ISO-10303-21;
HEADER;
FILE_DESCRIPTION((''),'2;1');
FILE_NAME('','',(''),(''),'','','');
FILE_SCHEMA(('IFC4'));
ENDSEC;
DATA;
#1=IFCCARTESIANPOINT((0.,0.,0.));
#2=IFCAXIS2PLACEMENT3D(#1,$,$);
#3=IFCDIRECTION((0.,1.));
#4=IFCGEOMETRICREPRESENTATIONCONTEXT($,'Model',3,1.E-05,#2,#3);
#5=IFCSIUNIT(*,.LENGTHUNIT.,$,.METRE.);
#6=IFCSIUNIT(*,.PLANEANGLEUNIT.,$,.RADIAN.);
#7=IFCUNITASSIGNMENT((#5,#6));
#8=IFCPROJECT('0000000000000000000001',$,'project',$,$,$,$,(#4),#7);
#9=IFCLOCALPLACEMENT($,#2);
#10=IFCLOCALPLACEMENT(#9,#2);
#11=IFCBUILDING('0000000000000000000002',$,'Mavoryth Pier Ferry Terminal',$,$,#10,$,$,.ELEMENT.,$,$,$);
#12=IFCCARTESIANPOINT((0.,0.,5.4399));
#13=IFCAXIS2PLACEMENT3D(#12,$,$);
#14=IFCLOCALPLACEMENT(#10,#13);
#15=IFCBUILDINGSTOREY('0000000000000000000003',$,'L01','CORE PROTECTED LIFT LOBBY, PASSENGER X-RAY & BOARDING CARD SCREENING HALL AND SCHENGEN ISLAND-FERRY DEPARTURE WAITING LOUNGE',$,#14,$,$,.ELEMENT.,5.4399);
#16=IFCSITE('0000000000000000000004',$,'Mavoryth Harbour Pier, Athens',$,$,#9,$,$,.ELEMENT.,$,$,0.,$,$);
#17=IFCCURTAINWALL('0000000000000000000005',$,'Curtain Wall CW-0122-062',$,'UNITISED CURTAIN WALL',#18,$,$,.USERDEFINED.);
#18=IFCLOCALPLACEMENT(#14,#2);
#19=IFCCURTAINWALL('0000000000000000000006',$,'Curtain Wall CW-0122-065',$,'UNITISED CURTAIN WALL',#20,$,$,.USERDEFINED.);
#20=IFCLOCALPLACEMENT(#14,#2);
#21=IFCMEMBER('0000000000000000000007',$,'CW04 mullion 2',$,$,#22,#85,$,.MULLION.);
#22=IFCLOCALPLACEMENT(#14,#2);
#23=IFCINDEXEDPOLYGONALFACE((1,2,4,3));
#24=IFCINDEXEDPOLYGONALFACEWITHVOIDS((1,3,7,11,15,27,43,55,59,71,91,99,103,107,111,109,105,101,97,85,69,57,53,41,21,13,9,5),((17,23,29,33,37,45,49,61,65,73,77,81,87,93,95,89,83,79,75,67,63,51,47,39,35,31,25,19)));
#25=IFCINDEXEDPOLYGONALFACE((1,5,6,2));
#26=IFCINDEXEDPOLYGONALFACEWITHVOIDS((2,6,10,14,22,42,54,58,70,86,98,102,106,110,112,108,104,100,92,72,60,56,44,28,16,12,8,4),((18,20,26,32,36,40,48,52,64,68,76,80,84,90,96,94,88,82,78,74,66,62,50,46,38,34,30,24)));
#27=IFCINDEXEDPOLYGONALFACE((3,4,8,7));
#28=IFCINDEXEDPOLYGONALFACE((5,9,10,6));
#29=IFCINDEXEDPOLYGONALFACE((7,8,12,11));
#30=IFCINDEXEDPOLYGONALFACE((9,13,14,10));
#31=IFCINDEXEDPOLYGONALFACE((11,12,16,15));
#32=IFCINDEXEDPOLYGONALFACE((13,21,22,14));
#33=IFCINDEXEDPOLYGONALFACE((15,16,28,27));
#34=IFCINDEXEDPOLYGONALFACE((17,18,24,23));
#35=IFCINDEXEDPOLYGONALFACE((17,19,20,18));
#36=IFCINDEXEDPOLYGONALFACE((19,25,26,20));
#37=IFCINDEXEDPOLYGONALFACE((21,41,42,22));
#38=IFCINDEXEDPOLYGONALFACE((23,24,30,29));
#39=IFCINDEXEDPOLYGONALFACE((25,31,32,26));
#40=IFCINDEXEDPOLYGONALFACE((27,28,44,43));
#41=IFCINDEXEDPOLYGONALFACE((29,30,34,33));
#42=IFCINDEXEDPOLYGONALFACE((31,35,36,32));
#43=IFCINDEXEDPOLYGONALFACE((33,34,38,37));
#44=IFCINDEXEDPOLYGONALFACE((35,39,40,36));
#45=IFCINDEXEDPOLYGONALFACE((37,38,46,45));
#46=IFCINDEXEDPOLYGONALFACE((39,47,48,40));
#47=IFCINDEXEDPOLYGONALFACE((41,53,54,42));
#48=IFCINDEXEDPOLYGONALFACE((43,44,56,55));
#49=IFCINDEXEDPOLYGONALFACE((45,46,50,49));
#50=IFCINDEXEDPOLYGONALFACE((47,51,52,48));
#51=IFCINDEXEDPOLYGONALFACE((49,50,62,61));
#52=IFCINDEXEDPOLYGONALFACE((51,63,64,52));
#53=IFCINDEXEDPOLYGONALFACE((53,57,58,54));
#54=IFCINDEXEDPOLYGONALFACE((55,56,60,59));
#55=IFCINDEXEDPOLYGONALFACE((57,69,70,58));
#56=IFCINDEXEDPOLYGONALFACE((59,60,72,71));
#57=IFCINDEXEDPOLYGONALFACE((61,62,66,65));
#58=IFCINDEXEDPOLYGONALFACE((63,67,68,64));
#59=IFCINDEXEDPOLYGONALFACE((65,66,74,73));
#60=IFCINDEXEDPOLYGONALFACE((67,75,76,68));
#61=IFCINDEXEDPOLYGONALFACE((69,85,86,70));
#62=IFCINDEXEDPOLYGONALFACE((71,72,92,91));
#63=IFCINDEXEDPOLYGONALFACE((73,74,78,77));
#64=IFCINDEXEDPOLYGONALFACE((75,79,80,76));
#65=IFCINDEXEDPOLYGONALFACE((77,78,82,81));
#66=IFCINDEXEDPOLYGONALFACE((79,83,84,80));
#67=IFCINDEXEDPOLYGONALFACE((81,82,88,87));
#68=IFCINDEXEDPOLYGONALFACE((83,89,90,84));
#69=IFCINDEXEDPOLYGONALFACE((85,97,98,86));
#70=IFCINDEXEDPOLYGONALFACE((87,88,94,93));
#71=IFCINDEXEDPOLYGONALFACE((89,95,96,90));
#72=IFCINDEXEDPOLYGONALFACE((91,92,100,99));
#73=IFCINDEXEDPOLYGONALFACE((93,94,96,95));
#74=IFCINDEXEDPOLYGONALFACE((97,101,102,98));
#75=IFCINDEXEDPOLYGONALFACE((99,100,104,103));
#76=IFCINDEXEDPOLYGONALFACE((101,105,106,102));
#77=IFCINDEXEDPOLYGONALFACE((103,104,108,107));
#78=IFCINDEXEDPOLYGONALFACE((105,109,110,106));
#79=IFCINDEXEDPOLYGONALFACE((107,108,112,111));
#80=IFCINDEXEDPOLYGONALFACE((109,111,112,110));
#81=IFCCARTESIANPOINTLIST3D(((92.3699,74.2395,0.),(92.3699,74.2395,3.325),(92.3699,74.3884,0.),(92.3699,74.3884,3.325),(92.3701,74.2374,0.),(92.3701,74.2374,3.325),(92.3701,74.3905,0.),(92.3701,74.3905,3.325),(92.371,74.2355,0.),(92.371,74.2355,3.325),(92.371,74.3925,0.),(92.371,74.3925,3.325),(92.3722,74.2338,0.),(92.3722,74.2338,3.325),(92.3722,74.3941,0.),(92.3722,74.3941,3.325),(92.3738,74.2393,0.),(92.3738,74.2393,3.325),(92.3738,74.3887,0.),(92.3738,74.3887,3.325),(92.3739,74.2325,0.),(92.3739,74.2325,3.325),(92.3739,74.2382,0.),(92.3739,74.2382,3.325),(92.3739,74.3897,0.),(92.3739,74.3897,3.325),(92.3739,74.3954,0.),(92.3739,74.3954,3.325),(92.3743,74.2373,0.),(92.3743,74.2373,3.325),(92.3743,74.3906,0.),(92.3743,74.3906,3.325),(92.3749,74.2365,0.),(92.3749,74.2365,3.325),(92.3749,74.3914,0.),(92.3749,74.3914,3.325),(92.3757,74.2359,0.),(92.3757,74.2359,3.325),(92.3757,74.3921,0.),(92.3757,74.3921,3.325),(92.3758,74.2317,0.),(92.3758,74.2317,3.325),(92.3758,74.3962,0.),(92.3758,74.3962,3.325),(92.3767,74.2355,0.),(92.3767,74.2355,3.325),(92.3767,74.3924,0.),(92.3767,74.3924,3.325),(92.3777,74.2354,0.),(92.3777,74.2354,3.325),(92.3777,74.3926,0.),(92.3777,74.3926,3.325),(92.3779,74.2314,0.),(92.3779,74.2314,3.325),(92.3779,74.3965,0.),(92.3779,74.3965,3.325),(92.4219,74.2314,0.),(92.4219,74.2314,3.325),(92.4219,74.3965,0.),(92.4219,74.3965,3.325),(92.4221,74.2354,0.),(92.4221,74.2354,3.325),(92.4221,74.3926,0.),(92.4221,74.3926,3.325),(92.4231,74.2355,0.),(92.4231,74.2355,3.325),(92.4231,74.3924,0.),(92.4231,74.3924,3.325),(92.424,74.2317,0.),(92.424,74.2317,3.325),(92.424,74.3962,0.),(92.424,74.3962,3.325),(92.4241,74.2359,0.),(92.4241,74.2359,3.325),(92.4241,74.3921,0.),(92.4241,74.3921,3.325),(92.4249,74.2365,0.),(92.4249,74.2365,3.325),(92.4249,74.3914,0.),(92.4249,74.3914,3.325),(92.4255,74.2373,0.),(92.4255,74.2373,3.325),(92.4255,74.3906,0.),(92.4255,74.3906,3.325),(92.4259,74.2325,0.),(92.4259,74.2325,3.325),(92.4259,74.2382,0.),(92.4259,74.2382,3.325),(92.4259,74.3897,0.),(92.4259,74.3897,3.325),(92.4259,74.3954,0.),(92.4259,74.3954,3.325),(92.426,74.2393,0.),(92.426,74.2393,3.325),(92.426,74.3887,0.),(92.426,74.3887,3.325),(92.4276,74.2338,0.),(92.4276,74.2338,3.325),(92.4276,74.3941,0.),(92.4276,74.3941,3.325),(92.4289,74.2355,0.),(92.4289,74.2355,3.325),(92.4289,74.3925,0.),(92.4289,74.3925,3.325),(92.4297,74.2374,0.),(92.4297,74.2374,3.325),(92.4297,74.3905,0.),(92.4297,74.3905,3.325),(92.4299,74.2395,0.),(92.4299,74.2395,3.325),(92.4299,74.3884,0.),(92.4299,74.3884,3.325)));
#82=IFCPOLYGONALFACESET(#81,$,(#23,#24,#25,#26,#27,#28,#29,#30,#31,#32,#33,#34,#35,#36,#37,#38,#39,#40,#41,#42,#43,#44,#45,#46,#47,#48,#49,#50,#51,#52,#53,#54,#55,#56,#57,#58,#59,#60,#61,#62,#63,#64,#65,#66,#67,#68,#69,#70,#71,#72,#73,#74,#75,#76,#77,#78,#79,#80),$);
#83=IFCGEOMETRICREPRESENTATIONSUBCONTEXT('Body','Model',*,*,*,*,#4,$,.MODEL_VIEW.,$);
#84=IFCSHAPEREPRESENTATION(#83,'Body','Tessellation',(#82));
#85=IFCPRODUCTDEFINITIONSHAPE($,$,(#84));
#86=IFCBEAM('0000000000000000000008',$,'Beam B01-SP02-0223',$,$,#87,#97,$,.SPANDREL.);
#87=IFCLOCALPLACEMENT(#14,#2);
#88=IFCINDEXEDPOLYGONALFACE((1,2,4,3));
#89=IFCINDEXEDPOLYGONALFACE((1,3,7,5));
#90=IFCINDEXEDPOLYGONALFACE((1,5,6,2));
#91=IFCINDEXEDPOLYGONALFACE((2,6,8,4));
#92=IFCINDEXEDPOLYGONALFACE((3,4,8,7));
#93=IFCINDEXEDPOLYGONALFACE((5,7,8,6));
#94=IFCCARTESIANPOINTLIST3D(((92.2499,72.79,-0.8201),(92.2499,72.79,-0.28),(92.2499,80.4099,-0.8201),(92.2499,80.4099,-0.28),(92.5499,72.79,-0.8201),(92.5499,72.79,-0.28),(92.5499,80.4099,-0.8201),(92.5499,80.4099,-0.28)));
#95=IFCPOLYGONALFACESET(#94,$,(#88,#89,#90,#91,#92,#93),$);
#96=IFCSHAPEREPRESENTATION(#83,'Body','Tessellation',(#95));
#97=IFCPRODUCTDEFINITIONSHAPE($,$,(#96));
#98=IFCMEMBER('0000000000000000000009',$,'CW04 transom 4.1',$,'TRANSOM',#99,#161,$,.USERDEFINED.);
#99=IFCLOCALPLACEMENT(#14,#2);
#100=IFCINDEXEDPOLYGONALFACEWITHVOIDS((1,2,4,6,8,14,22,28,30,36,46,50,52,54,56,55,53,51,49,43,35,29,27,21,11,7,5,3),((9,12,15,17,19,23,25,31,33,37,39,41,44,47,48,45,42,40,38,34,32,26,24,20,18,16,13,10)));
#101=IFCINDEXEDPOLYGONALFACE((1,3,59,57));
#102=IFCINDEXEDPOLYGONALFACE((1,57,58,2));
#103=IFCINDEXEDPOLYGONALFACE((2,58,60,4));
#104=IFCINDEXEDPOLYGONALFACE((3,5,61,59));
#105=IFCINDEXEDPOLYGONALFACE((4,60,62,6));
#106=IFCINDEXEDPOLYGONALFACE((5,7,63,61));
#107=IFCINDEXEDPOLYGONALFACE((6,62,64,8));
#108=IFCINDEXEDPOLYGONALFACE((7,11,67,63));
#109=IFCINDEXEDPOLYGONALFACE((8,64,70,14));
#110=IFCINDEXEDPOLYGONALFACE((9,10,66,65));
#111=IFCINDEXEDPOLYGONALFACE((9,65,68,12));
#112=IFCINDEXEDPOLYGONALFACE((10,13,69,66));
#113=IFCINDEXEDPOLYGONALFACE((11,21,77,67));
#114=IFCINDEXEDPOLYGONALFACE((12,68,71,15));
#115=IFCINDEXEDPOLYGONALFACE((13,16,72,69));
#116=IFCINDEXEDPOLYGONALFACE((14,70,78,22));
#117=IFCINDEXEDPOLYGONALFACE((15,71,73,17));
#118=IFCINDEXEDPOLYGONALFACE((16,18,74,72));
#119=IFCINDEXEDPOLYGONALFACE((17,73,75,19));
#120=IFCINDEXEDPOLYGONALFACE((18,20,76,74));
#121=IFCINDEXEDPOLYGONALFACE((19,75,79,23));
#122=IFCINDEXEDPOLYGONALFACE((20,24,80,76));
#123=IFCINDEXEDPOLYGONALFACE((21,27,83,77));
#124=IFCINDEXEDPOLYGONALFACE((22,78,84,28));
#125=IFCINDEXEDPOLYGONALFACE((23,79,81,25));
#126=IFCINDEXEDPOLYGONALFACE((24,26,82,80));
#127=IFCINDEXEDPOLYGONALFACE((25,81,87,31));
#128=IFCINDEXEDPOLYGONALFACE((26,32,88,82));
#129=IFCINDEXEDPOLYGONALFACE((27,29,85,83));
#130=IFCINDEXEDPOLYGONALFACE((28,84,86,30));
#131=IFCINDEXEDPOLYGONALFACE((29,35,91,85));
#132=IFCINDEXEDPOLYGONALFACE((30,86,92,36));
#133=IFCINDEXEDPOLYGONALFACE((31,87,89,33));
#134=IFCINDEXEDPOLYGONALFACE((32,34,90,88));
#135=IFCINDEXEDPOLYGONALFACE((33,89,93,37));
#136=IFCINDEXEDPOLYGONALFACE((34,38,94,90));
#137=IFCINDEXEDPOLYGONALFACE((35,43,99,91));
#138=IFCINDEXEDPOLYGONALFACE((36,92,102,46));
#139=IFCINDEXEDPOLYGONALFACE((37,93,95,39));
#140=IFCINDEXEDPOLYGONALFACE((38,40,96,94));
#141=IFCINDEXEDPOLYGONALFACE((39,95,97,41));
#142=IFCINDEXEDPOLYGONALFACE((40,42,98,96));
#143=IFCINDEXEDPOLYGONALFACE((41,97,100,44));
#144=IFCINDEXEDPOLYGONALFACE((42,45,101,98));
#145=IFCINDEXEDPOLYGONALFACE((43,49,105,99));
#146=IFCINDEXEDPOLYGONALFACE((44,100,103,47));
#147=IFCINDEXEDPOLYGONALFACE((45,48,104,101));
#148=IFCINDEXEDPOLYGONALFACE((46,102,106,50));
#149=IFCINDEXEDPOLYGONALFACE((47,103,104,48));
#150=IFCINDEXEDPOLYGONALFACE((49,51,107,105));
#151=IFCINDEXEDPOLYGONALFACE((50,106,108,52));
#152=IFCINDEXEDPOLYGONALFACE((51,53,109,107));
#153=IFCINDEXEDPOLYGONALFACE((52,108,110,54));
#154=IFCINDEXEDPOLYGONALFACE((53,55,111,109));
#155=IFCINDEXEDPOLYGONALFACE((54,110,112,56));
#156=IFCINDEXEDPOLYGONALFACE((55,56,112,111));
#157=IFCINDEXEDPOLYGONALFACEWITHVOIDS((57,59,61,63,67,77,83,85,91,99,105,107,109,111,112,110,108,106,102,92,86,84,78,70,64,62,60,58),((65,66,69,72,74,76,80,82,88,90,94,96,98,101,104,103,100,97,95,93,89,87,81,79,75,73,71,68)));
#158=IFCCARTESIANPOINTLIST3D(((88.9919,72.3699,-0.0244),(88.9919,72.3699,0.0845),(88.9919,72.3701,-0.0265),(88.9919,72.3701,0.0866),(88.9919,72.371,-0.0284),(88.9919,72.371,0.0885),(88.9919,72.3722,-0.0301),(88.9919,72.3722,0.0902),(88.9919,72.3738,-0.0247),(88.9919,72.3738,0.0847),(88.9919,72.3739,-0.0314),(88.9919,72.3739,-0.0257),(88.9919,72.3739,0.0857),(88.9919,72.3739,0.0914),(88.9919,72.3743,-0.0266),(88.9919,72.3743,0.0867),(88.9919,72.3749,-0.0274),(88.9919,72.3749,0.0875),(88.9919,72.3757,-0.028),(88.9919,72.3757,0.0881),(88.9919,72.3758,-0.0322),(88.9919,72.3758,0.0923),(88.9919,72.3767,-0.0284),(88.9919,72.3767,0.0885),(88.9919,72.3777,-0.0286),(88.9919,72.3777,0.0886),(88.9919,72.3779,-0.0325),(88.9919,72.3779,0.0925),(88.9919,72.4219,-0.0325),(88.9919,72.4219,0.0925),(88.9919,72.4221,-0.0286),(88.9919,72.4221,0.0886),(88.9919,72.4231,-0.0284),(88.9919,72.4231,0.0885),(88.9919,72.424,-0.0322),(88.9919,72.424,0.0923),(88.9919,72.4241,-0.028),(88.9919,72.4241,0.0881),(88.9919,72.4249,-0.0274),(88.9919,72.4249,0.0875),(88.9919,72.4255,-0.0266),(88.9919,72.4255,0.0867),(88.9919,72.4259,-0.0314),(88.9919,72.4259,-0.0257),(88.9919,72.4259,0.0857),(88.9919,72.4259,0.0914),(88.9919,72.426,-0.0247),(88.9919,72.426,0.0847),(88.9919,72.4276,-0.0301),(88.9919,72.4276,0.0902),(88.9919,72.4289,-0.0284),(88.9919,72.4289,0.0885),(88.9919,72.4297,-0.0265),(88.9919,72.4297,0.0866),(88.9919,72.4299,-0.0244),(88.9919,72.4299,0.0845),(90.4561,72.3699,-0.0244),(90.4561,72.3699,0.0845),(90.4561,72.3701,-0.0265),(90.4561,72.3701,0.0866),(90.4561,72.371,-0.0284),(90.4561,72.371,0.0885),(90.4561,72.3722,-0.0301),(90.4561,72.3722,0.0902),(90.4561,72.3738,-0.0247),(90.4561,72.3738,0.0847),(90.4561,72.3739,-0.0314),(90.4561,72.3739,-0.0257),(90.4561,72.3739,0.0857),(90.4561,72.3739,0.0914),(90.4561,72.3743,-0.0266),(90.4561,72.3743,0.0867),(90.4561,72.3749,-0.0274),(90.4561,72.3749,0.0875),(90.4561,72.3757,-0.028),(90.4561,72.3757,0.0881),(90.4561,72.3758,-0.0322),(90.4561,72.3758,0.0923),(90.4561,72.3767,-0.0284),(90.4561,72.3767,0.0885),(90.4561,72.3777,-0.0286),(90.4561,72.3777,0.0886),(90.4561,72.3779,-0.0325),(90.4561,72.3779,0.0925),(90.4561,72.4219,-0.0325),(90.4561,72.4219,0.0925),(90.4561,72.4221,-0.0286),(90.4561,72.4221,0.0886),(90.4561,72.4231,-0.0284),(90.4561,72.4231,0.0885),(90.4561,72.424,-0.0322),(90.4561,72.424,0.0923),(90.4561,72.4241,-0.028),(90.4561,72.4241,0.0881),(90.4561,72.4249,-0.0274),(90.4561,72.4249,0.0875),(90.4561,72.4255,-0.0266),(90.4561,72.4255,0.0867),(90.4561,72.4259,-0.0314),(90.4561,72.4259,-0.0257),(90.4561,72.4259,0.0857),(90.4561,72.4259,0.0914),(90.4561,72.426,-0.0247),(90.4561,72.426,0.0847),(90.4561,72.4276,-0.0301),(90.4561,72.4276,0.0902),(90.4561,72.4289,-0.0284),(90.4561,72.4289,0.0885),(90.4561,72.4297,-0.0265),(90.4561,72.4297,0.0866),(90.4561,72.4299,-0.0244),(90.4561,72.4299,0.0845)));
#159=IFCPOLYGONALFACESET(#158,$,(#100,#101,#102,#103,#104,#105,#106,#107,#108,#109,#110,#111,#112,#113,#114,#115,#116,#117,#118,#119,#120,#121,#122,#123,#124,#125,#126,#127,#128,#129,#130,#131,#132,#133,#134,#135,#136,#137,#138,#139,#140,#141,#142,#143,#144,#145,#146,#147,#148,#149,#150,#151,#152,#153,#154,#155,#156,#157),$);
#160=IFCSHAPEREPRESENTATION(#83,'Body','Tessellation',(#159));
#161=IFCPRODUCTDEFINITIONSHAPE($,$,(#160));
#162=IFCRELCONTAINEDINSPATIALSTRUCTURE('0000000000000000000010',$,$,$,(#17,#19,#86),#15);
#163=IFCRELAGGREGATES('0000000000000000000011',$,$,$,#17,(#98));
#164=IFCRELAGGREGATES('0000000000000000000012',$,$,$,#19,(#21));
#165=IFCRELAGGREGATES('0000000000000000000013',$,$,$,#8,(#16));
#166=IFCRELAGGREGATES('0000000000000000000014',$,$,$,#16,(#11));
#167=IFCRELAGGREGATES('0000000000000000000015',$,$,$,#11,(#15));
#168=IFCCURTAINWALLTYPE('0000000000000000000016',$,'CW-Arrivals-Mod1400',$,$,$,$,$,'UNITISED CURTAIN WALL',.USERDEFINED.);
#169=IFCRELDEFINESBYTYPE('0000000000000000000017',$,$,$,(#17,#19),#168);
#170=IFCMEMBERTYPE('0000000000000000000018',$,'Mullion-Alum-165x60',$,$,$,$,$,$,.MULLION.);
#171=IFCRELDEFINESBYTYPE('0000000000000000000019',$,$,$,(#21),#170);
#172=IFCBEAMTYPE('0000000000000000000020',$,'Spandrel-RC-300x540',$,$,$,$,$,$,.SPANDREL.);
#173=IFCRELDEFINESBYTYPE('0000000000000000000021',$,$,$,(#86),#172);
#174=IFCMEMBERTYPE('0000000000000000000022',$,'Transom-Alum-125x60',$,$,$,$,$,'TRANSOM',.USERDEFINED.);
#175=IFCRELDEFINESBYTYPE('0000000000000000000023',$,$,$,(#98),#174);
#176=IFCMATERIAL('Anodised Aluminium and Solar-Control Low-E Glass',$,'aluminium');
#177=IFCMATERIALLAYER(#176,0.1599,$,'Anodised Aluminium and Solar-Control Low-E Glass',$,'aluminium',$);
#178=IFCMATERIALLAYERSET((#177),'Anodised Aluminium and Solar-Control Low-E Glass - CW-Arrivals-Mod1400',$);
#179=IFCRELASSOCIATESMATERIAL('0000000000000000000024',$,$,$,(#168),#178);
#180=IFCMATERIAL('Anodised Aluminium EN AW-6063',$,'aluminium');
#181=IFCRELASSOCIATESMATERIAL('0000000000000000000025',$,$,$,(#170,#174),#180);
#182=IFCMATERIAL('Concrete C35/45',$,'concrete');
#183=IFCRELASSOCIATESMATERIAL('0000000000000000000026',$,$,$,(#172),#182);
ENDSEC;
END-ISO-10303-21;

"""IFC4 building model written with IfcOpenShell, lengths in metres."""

from ifc_helpers import new_model, si_unit, direction, frame, origin, origin_2d, place, context, subcontext, project, spatial, rectangle, hollow_rectangle, extrude, material, layer, layer_set, material_profile, profile_set, type_object, element, aggregate, save


model = new_model("IFC4")

# Units and contexts
model_context = context("Model", 3, precision=1e-05, world=origin(), true_north=direction((0.0, 1.0)))
body_context = subcontext(model_context, "Body", "Model", "MODEL_VIEW")
ifc_project = project(units=[si_unit("LENGTHUNIT", "METRE"), si_unit("PLANEANGLEUNIT", "RADIAN")], contexts=[model_context])

# Site, building, storey
site_placement = place(None, origin())
site = spatial("IfcSite", under=ifc_project, at=site_placement, Name="Mavoryth Harbour Pier, Athens", CompositionType="ELEMENT", RefElevation=0.0)
building_placement = place(site_placement, origin())
building = spatial("IfcBuilding", under=site, at=building_placement, Name="Mavoryth Pier Ferry Terminal", CompositionType="ELEMENT")
storey_placement = place(building_placement, frame((0.0, 0.0, 5.4399)))
storey = spatial("IfcBuildingStorey", under=building, at=storey_placement, Name="L01", Description="CORE PROTECTED LIFT LOBBY, PASSENGER X-RAY & BOARDING CARD SCREENING HALL AND SCHENGEN ISLAND-FERRY DEPARTURE WAITING LOUNGE", CompositionType="ELEMENT", Elevation=5.4399)

# Shared definitions
ifc_material_1 = material(Name="Concrete C35/45", Category="concrete")

# Curtain walls, member
ifc_material_2 = material(Name="Anodised Aluminium and Solar-Control Low-E Glass", Category="aluminium")
ifc_layer_1 = layer(ifc_material_2, 0.1599, Name="Anodised Aluminium and Solar-Control Low-E Glass", Category="aluminium")
ifc_layer_set_1 = layer_set([ifc_layer_1], Name="Anodised Aluminium and Solar-Control Low-E Glass - CW-Arrivals-Mod1400")
curtain_wall_type = type_object("IfcCurtainWallType", Name="CW-Arrivals-Mod1400", ElementType="UNITISED CURTAIN WALL", PredefinedType="USERDEFINED", material=ifc_layer_set_1)
curtain_wall_1_placement = place(storey_placement, origin())
curtain_wall_1 = element("IfcCurtainWall", 1, at=curtain_wall_1_placement, inside=storey, type_object=curtain_wall_type, Name="Curtain Wall CW-0122-062", ObjectType="UNITISED CURTAIN WALL", PredefinedType="USERDEFINED")
ifc_material_3 = material(Name="Anodised Aluminium EN AW-6063", Category="aluminium")
ifc_material_profile_1 = material_profile(ifc_material_3, hollow_rectangle(XDim=0.0601, YDim=0.165, WallThickness=0.0039, InnerFilletRadius=0.0039, OuterFilletRadius=0.0081, at=origin_2d()), Name="AL-MULL 165x60x4", Category="aluminium")
ifc_profile_set_1 = profile_set([ifc_material_profile_1], Name="Anodised Aluminium EN AW-6063 - AL-MULL 165x60x4")
member_type_1 = type_object("IfcMemberType", Name="Mullion-Alum-165x60", PredefinedType="MULLION", material=ifc_profile_set_1)
curtain_wall_2_placement = place(storey_placement, origin())
curtain_wall_2 = element("IfcCurtainWall", 2, at=curtain_wall_2_placement, inside=storey, type_object=curtain_wall_type, Name="Curtain Wall CW-0122-065", ObjectType="UNITISED CURTAIN WALL", PredefinedType="USERDEFINED")
member_1_placement = place(storey_placement, frame((92.3999, 74.314, 0.0), z_axis=(0.0, 0.0, 1.0), x_axis=(-1.0, 0.0, 0.0)))
member_1 = element("IfcMember", 3, at=member_1_placement, type_object=member_type_1, Name="CW04 mullion 2", PredefinedType="MULLION", context=body_context, shape_type="SweptSolid", body=[
    extrude(hollow_rectangle(XDim=0.0601, YDim=0.165, WallThickness=0.0039, InnerFilletRadius=0.0039, OuterFilletRadius=0.0081, at=origin_2d()), origin(), (0.0, 0.0, 1.0), 3.325),
])

# Beam
ifc_material_profile_2 = material_profile(ifc_material_1, rectangle(XDim=0.3, YDim=0.54, at=origin_2d()), Name="RC 300x540", Category="concrete")
ifc_profile_set_2 = profile_set([ifc_material_profile_2], Name="Concrete C35/45 - RC 300x540")
beam_type_1 = type_object("IfcBeamType", Name="Spandrel-RC-300x540", PredefinedType="SPANDREL", material=ifc_profile_set_2)
beam_1_placement = place(storey_placement, frame((92.3999, 72.79, -0.55), z_axis=(0.0, 1.0, 0.0), x_axis=(-1.0, 0.0, 0.0)))
element("IfcBeam", 4, at=beam_1_placement, inside=storey, type_object=beam_type_1, Name="Beam B01-SP02-0223", PredefinedType="SPANDREL", context=body_context, shape_type="SweptSolid", body=[
    extrude(rectangle(XDim=0.3, YDim=0.54, at=origin_2d()), origin(), (0.0, 0.0, 1.0), 7.6199),
])

# Member
ifc_material_profile_3 = material_profile(ifc_material_3, hollow_rectangle(XDim=0.0601, YDim=0.125, WallThickness=0.0039, InnerFilletRadius=0.0039, OuterFilletRadius=0.0081, at=origin_2d()), Name="AL-TRAN 125x60x4", Category="aluminium")
ifc_profile_set_3 = profile_set([ifc_material_profile_3], Name="Anodised Aluminium EN AW-6063 - AL-TRAN 125x60x4")
member_type_2 = type_object("IfcMemberType", Name="Transom-Alum-125x60", ElementType="TRANSOM", PredefinedType="USERDEFINED", material=ifc_profile_set_3)
member_2_placement = place(storey_placement, frame((88.9919, 72.3999, 0.03), z_axis=(1.0, 0.0, 0.0), x_axis=(0.0, 1.0, 0.0)))
member_2 = element("IfcMember", 5, at=member_2_placement, type_object=member_type_2, Name="CW04 transom 4.1", ObjectType="TRANSOM", PredefinedType="USERDEFINED", context=body_context, shape_type="SweptSolid", body=[
    extrude(hollow_rectangle(XDim=0.0601, YDim=0.125, WallThickness=0.0039, InnerFilletRadius=0.0039, OuterFilletRadius=0.0081, at=origin_2d()), origin(), (0.0, 0.0, 1.0), 1.4641),
])

aggregate(curtain_wall_1, [member_2])
aggregate(curtain_wall_2, [member_1])

save(model, "model.ifc")
